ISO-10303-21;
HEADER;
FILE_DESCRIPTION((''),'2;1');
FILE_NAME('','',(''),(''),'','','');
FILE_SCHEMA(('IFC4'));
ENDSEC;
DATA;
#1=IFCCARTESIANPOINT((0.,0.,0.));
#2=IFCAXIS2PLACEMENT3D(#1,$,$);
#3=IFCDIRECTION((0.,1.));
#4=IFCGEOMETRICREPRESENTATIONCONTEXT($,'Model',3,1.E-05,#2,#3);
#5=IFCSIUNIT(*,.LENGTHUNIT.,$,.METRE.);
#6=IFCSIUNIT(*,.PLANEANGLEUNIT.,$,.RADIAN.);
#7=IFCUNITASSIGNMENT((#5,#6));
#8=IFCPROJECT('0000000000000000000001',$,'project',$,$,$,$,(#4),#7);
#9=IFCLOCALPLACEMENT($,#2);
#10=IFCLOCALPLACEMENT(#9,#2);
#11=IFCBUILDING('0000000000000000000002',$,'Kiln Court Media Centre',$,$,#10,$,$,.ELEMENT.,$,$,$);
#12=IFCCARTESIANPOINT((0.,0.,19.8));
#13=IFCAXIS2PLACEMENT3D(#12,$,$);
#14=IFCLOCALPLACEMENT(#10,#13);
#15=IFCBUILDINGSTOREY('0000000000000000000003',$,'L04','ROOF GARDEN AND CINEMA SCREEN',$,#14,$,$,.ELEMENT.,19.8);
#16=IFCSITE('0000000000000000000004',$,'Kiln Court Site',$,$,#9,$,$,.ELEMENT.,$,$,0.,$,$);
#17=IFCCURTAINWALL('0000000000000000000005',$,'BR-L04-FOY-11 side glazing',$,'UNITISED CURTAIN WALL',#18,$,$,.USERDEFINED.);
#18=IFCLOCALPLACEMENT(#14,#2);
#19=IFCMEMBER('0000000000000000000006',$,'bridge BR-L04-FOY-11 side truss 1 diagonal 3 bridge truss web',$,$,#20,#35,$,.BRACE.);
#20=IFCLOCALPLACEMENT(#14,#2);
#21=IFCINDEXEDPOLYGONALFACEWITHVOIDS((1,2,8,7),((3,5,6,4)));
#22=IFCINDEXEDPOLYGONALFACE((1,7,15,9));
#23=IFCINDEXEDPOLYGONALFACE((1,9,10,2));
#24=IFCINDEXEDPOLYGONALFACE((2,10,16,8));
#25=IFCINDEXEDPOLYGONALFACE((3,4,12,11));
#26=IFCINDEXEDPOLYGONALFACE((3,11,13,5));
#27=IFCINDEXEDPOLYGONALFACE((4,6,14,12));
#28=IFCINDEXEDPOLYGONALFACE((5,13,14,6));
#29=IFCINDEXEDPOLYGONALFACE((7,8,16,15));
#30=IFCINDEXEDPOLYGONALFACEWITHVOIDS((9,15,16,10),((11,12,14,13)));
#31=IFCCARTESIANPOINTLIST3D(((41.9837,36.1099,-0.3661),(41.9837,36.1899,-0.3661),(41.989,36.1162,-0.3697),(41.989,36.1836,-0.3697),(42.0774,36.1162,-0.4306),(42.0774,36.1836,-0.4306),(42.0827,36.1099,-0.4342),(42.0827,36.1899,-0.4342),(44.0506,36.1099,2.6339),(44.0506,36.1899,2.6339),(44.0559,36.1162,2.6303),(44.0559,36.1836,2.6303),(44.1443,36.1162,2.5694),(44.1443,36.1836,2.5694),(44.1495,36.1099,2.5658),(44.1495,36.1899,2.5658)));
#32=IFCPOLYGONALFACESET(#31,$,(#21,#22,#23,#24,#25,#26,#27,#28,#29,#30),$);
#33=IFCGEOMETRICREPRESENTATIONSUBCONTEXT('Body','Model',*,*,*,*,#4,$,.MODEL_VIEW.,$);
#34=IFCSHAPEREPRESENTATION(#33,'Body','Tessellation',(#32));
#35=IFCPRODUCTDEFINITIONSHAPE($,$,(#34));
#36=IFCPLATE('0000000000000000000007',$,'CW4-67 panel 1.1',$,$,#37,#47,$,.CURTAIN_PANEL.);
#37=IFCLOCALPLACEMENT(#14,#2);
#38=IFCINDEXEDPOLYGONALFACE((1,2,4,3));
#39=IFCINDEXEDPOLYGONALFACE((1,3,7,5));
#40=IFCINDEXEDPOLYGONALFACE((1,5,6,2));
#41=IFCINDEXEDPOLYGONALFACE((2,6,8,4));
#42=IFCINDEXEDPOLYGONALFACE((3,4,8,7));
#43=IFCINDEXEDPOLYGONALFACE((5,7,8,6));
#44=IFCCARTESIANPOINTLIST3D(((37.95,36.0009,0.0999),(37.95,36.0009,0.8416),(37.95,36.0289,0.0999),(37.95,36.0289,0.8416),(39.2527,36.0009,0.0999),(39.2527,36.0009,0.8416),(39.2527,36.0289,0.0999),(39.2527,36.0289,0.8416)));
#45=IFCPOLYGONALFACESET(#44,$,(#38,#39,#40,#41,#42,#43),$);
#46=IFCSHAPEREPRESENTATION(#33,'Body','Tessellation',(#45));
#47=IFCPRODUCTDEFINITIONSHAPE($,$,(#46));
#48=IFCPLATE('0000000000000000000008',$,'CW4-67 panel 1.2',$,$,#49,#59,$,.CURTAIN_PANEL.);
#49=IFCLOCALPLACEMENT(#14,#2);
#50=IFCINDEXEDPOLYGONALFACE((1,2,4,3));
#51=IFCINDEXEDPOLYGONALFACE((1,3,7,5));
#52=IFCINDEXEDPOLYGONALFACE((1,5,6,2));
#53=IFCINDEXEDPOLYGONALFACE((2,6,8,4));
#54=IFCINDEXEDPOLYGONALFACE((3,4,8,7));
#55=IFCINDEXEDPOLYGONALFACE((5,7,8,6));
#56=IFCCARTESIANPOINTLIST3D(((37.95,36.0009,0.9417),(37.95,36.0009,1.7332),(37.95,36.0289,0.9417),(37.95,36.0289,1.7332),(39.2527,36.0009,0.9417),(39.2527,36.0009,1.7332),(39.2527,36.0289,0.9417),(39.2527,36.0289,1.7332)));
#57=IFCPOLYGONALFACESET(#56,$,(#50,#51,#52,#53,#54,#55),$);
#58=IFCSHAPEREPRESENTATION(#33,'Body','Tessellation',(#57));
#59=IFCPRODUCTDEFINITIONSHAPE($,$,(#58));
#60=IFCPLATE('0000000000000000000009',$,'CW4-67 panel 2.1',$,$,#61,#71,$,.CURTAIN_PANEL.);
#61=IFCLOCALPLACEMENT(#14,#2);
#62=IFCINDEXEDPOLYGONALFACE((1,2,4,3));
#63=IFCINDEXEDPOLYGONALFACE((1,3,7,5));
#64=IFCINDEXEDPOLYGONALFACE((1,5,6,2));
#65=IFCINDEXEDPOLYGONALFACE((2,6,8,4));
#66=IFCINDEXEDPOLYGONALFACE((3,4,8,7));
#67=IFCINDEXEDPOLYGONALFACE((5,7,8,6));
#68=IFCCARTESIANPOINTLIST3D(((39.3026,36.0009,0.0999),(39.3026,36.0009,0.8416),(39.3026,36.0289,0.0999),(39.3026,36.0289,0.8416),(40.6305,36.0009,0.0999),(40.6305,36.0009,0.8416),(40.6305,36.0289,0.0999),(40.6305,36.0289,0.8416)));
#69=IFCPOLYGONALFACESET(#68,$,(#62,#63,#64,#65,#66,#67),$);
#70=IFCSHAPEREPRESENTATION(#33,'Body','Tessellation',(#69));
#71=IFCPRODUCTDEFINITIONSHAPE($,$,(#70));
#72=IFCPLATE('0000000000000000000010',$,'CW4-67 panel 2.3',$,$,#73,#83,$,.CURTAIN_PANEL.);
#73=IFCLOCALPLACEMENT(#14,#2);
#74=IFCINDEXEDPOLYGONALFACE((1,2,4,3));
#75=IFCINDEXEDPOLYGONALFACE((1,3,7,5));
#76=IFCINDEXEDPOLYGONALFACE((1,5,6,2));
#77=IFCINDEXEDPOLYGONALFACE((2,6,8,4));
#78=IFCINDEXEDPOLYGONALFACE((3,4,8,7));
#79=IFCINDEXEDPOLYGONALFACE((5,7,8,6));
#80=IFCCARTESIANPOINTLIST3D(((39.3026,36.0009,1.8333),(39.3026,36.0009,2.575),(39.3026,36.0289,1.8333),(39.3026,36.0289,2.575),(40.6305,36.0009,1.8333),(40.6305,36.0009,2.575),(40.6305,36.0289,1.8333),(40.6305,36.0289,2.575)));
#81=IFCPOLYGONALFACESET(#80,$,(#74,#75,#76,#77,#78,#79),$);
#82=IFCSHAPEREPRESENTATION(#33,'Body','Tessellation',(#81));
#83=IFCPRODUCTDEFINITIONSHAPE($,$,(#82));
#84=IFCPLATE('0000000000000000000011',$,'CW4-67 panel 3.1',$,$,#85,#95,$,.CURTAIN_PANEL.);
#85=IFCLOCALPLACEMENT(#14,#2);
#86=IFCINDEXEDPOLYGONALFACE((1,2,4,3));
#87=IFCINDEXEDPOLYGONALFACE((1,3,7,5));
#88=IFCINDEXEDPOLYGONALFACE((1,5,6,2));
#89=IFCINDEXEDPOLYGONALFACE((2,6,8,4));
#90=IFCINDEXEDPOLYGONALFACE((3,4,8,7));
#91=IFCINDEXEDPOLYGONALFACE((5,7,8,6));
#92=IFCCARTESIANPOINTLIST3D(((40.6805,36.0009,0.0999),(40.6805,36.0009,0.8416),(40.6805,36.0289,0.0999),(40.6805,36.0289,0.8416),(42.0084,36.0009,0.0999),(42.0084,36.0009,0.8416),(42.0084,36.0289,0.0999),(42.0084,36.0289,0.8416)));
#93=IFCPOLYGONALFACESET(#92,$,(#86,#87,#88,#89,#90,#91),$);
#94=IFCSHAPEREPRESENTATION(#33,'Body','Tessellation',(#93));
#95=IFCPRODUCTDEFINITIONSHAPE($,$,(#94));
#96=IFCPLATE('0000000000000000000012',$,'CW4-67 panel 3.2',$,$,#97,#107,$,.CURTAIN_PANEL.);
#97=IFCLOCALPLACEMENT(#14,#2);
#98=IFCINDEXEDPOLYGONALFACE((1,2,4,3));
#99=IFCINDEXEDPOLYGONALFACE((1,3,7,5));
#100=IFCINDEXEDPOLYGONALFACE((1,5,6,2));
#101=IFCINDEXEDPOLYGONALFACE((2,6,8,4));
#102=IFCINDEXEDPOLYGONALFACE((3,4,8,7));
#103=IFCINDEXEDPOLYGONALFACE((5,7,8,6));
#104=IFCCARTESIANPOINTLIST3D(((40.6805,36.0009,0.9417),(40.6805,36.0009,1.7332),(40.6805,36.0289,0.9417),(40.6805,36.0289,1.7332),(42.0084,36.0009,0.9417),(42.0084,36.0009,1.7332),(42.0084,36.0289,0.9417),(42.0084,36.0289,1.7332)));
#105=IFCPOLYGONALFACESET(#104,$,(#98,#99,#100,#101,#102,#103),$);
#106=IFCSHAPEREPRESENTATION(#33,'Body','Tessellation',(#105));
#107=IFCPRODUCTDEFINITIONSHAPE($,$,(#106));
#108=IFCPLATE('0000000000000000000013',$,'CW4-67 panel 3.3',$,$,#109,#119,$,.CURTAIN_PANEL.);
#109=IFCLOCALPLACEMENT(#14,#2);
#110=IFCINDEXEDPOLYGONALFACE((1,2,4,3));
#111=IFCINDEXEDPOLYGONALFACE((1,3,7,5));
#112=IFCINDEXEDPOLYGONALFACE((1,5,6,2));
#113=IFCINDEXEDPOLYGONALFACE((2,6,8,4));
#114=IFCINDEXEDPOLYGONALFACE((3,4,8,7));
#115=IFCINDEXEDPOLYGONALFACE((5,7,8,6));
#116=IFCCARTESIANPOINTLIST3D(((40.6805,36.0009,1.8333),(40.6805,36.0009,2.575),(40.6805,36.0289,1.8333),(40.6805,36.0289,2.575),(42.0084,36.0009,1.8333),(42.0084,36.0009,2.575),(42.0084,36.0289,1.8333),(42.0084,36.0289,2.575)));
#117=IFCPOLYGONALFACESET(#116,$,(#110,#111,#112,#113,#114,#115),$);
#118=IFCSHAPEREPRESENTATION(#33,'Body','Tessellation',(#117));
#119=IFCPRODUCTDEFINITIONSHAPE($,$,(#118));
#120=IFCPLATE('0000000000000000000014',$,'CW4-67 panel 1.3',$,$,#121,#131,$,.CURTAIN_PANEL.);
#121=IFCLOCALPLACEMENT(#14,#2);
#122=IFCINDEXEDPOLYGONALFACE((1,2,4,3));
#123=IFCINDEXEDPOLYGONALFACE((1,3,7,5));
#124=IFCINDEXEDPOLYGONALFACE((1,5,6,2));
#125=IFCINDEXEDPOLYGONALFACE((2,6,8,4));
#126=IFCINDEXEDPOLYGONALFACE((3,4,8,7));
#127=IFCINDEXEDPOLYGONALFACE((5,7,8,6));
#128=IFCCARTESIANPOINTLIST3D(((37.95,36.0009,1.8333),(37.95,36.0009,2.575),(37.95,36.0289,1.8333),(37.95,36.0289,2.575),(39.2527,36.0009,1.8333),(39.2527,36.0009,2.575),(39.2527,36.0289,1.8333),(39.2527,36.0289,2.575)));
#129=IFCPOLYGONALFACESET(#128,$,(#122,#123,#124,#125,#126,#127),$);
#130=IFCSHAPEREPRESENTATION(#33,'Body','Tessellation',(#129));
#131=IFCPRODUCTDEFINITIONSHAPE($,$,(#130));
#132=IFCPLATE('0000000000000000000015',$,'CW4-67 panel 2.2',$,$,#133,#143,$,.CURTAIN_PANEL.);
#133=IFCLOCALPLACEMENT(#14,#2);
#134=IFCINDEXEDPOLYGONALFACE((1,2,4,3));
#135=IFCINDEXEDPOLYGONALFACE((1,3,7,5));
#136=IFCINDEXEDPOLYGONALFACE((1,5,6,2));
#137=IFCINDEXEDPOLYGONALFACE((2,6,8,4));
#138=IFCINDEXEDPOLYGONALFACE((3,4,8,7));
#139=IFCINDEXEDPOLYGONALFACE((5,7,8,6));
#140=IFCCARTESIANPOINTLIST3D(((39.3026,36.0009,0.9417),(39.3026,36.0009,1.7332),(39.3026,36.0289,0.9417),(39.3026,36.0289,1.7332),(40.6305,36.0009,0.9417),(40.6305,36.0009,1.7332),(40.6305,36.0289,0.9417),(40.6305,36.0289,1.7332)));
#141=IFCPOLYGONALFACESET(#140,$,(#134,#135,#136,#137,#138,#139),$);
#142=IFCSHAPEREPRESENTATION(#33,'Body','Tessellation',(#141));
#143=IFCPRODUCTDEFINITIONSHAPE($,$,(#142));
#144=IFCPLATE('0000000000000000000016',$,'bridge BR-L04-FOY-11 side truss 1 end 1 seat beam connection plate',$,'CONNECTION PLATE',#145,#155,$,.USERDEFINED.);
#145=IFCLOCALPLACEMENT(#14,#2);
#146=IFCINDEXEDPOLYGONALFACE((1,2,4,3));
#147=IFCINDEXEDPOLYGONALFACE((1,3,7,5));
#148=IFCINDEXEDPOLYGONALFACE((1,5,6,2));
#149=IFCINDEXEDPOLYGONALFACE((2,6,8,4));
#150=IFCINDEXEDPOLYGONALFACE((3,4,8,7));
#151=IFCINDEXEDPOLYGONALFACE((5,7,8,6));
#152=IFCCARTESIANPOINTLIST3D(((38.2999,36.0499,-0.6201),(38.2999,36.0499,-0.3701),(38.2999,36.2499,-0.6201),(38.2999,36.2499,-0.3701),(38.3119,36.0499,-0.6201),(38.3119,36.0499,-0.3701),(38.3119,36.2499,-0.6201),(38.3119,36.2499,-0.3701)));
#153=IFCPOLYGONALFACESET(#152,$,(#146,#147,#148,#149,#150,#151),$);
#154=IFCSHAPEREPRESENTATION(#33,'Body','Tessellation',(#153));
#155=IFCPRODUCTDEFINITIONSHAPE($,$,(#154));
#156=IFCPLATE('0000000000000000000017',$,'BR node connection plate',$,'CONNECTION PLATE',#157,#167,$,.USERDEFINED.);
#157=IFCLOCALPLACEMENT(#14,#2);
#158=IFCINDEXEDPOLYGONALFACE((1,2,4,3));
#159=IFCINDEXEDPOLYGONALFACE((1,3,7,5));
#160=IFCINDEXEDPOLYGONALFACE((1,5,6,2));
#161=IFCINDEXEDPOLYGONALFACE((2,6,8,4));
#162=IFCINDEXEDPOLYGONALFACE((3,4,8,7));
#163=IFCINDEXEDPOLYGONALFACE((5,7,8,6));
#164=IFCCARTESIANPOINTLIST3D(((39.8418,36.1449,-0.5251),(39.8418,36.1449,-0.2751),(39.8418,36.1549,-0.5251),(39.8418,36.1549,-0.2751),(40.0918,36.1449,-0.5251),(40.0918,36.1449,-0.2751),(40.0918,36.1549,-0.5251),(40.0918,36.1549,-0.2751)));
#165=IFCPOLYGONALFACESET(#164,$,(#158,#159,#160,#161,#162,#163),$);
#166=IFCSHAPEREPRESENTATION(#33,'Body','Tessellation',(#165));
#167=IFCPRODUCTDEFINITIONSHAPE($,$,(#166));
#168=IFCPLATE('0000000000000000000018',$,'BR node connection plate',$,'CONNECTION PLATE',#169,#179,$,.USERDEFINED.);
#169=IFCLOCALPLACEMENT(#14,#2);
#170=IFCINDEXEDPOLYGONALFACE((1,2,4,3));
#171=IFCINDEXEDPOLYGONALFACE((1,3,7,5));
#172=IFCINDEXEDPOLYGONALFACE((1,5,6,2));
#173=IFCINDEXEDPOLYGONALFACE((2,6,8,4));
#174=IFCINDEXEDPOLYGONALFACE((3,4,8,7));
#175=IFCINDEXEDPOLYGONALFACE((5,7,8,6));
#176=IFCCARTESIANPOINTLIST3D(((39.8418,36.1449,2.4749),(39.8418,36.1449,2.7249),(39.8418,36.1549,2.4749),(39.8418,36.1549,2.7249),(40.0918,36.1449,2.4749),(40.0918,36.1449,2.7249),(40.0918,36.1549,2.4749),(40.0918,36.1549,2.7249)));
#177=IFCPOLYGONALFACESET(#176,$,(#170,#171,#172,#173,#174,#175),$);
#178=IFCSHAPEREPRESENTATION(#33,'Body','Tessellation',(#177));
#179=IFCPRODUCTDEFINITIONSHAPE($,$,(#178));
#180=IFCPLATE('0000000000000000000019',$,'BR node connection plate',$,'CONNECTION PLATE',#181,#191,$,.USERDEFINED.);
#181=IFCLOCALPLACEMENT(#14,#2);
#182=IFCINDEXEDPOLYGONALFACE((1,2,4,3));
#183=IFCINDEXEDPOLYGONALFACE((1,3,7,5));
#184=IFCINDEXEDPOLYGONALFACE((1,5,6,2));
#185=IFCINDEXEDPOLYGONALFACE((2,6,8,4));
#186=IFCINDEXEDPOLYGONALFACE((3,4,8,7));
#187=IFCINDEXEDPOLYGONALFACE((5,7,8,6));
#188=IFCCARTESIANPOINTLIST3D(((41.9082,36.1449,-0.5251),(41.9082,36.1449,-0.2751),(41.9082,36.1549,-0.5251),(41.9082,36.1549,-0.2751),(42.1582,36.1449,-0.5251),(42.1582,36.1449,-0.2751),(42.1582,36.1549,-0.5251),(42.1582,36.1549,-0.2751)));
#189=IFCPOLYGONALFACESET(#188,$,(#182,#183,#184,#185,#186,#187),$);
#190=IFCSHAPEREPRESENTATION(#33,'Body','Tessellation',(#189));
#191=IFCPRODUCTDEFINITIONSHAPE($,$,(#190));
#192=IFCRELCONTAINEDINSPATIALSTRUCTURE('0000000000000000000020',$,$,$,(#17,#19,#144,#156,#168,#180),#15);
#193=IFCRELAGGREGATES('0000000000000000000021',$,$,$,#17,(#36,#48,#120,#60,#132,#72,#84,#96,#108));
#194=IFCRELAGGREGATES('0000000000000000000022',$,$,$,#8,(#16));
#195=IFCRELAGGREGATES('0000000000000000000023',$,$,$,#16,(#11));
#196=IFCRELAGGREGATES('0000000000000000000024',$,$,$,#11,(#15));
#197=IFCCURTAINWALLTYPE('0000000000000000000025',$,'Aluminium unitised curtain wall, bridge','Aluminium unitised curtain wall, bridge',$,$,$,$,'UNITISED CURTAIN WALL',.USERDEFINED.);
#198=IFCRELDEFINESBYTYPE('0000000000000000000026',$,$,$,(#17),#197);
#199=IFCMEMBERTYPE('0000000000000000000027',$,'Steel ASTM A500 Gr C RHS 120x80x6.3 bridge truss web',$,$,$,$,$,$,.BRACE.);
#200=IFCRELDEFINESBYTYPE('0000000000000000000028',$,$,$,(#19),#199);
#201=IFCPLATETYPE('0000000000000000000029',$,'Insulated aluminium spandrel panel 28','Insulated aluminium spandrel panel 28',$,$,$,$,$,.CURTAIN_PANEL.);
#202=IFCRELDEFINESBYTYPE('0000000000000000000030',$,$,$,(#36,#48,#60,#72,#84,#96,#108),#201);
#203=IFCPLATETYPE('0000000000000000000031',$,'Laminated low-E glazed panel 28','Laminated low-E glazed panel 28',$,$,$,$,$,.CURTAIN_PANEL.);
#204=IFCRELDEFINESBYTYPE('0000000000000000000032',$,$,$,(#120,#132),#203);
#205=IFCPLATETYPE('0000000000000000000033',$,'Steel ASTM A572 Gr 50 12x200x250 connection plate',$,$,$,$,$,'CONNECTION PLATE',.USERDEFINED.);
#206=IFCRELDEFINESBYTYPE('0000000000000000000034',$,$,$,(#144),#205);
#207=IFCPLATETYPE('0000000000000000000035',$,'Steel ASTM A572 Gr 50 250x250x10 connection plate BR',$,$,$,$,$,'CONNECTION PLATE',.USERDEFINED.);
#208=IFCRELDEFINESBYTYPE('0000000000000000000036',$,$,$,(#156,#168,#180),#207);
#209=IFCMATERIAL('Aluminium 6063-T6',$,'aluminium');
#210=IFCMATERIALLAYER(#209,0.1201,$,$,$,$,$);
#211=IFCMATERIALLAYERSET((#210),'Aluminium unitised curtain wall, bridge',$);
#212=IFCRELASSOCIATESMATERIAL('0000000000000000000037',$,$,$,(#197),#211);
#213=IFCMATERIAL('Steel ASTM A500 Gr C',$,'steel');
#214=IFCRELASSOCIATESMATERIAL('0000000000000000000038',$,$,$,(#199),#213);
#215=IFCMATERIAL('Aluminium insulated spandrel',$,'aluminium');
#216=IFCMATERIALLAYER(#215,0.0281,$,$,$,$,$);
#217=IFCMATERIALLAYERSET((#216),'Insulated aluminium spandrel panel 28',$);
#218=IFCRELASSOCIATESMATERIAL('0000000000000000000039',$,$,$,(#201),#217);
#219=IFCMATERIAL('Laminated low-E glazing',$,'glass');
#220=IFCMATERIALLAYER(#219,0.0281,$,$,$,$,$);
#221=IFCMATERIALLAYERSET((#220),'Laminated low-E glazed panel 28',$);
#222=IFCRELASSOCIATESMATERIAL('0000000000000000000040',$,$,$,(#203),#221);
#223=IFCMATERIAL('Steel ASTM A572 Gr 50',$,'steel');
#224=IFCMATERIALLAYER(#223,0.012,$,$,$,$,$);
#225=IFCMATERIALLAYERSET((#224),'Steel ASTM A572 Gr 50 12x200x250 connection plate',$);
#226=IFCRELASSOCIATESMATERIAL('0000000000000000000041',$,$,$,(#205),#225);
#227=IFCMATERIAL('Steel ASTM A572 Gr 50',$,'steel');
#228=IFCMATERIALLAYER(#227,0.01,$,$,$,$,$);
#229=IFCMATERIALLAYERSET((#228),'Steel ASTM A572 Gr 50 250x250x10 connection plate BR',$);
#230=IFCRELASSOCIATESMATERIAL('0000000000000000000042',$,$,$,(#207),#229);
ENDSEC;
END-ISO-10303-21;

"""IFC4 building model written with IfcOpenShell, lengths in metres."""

from ifc_helpers import new_model, si_unit, direction, frame, origin, origin_2d, place, context, subcontext, project, spatial, rectangle, hollow_rectangle, extrude, material, layer, layer_set, material_profile, profile_set, type_object, element, aggregate, save


model = new_model("IFC4")

# Units and contexts
model_context = context("Model", 3, precision=1e-05, world=origin(), true_north=direction((0.0, 1.0)))
body_context = subcontext(model_context, "Body", "Model", "MODEL_VIEW")
ifc_project = project(units=[si_unit("LENGTHUNIT", "METRE"), si_unit("PLANEANGLEUNIT", "RADIAN")], contexts=[model_context])

# Site, building, storey
site_placement = place(None, origin())
site = spatial("IfcSite", under=ifc_project, at=site_placement, Name="Kiln Court Site", CompositionType="ELEMENT", RefElevation=0.0)
building_placement = place(site_placement, origin())
building = spatial("IfcBuilding", under=site, at=building_placement, Name="Kiln Court Media Centre", CompositionType="ELEMENT")
storey_placement = place(building_placement, frame((0.0, 0.0, 19.8)))
storey = spatial("IfcBuildingStorey", under=building, at=storey_placement, Name="L04", Description="ROOF GARDEN AND CINEMA SCREEN", CompositionType="ELEMENT", Elevation=19.8)

# Curtain wall
ifc_material_1 = material(Name="Aluminium 6063-T6", Category="aluminium")
ifc_layer_1 = layer(ifc_material_1, 0.1201)
ifc_layer_set_1 = layer_set([ifc_layer_1], Name="Aluminium unitised curtain wall, bridge")
curtain_wall_type = type_object("IfcCurtainWallType", Name="Aluminium unitised curtain wall, bridge", Description="Aluminium unitised curtain wall, bridge", ElementType="UNITISED CURTAIN WALL", PredefinedType="USERDEFINED", material=ifc_layer_set_1)
curtain_wall_placement = place(storey_placement, origin())
curtain_wall = element("IfcCurtainWall", 1, at=curtain_wall_placement, inside=storey, type_object=curtain_wall_type, Name="BR-L04-FOY-11 side glazing", ObjectType="UNITISED CURTAIN WALL", PredefinedType="USERDEFINED")

# Member
ifc_material_2 = material(Name="Steel ASTM A500 Gr C", Category="steel")
ifc_material_profile_1 = material_profile(ifc_material_2, hollow_rectangle(XDim=0.0801, YDim=0.1201, WallThickness=0.0063, at=origin_2d()), Name="RHS 120x80x6.3")
ifc_profile_set_1 = profile_set([ifc_material_profile_1], Name="Steel ASTM A500 Gr C")
member_type_1 = type_object("IfcMemberType", Name="Steel ASTM A500 Gr C RHS 120x80x6.3 bridge truss web", PredefinedType="BRACE", material=ifc_profile_set_1)
member_1_placement = place(storey_placement, frame((42.0332, 36.1499, -0.4001), z_axis=(0.567348, 0.0, 0.823478), x_axis=(0.0, 1.0, 0.0)))
element("IfcMember", 2, at=member_1_placement, inside=storey, type_object=member_type_1, Name="bridge BR-L04-FOY-11 side truss 1 diagonal 3 bridge truss web", PredefinedType="BRACE", context=body_context, shape_type="SweptSolid", body=[
    extrude(hollow_rectangle(XDim=0.0801, YDim=0.1201, WallThickness=0.0063, at=origin_2d()), origin(), (0.0, 0.0, 1.0), 3.6431),
])

# Plates
ifc_material_3 = material(Name="Aluminium insulated spandrel", Category="aluminium")
ifc_layer_2 = layer(ifc_material_3, 0.0281)
ifc_layer_set_2 = layer_set([ifc_layer_2], Name="Insulated aluminium spandrel panel 28")
plate_type_1 = type_object("IfcPlateType", Name="Insulated aluminium spandrel panel 28", Description="Insulated aluminium spandrel panel 28", PredefinedType="CURTAIN_PANEL", material=ifc_layer_set_2)
plate_1_placement = place(storey_placement, frame((38.6013, 36.0149, 0.0999), z_axis=(0.0, 0.0, 1.0), x_axis=(1.0, 0.0, 0.0)))
plate_1 = element("IfcPlate", 3, at=plate_1_placement, type_object=plate_type_1, Name="CW4-67 panel 1.1", PredefinedType="CURTAIN_PANEL", context=body_context, shape_type="SweptSolid", body=[
    extrude(rectangle(XDim=1.3027, YDim=0.0281, at=origin_2d()), origin(), (0.0, 0.0, 1.0), 0.7417),
])
plate_2_placement = place(storey_placement, frame((38.6013, 36.0149, 0.9417), z_axis=(0.0, 0.0, 1.0), x_axis=(1.0, 0.0, 0.0)))
plate_2 = element("IfcPlate", 4, at=plate_2_placement, type_object=plate_type_1, Name="CW4-67 panel 1.2", PredefinedType="CURTAIN_PANEL", context=body_context, shape_type="SweptSolid", body=[
    extrude(rectangle(XDim=1.3027, YDim=0.0281, at=origin_2d()), origin(), (0.0, 0.0, 1.0), 0.7915),
])
plate_3_placement = place(storey_placement, frame((39.9666, 36.0149, 0.0999), z_axis=(0.0, 0.0, 1.0), x_axis=(1.0, 0.0, 0.0)))
plate_3 = element("IfcPlate", 5, at=plate_3_placement, type_object=plate_type_1, Name="CW4-67 panel 2.1", PredefinedType="CURTAIN_PANEL", context=body_context, shape_type="SweptSolid", body=[
    extrude(rectangle(XDim=1.3279, YDim=0.0281, at=origin_2d()), origin(), (0.0, 0.0, 1.0), 0.7417),
])
plate_4_placement = place(storey_placement, frame((39.9666, 36.0149, 1.8333), z_axis=(0.0, 0.0, 1.0), x_axis=(1.0, 0.0, 0.0)))
plate_4 = element("IfcPlate", 6, at=plate_4_placement, type_object=plate_type_1, Name="CW4-67 panel 2.3", PredefinedType="CURTAIN_PANEL", context=body_context, shape_type="SweptSolid", body=[
    extrude(rectangle(XDim=1.3279, YDim=0.0281, at=origin_2d()), origin(), (0.0, 0.0, 1.0), 0.7417),
])
plate_5_placement = place(storey_placement, frame((41.3445, 36.0149, 0.0999), z_axis=(0.0, 0.0, 1.0), x_axis=(1.0, 0.0, 0.0)))
plate_5 = element("IfcPlate", 7, at=plate_5_placement, type_object=plate_type_1, Name="CW4-67 panel 3.1", PredefinedType="CURTAIN_PANEL", context=body_context, shape_type="SweptSolid", body=[
    extrude(rectangle(XDim=1.3279, YDim=0.0281, at=origin_2d()), origin(), (0.0, 0.0, 1.0), 0.7417),
])
plate_6_placement = place(storey_placement, frame((41.3445, 36.0149, 0.9417), z_axis=(0.0, 0.0, 1.0), x_axis=(1.0, 0.0, 0.0)))
plate_6 = element("IfcPlate", 8, at=plate_6_placement, type_object=plate_type_1, Name="CW4-67 panel 3.2", PredefinedType="CURTAIN_PANEL", context=body_context, shape_type="SweptSolid", body=[
    extrude(rectangle(XDim=1.3279, YDim=0.0281, at=origin_2d()), origin(), (0.0, 0.0, 1.0), 0.7915),
])
plate_7_placement = place(storey_placement, frame((41.3445, 36.0149, 1.8333), z_axis=(0.0, 0.0, 1.0), x_axis=(1.0, 0.0, 0.0)))
plate_7 = element("IfcPlate", 9, at=plate_7_placement, type_object=plate_type_1, Name="CW4-67 panel 3.3", PredefinedType="CURTAIN_PANEL", context=body_context, shape_type="SweptSolid", body=[
    extrude(rectangle(XDim=1.3279, YDim=0.0281, at=origin_2d()), origin(), (0.0, 0.0, 1.0), 0.7417),
])
ifc_material_4 = material(Name="Laminated low-E glazing", Category="glass")
ifc_layer_3 = layer(ifc_material_4, 0.0281)
ifc_layer_set_3 = layer_set([ifc_layer_3], Name="Laminated low-E glazed panel 28")
plate_type_2 = type_object("IfcPlateType", Name="Laminated low-E glazed panel 28", Description="Laminated low-E glazed panel 28", PredefinedType="CURTAIN_PANEL", material=ifc_layer_set_3)
plate_8_placement = place(storey_placement, frame((38.6013, 36.0149, 1.8333), z_axis=(0.0, 0.0, 1.0), x_axis=(1.0, 0.0, 0.0)))
plate_8 = element("IfcPlate", 10, at=plate_8_placement, type_object=plate_type_2, Name="CW4-67 panel 1.3", PredefinedType="CURTAIN_PANEL", context=body_context, shape_type="SweptSolid", body=[
    extrude(rectangle(XDim=1.3027, YDim=0.0281, at=origin_2d()), origin(), (0.0, 0.0, 1.0), 0.7417),
])
plate_9_placement = place(storey_placement, frame((39.9666, 36.0149, 0.9417), z_axis=(0.0, 0.0, 1.0), x_axis=(1.0, 0.0, 0.0)))
plate_9 = element("IfcPlate", 11, at=plate_9_placement, type_object=plate_type_2, Name="CW4-67 panel 2.2", PredefinedType="CURTAIN_PANEL", context=body_context, shape_type="SweptSolid", body=[
    extrude(rectangle(XDim=1.3279, YDim=0.0281, at=origin_2d()), origin(), (0.0, 0.0, 1.0), 0.7915),
])
aggregate(curtain_wall, [plate_1, plate_2, plate_8, plate_3, plate_9, plate_4, plate_5, plate_6, plate_7])

# Plates
ifc_material_5 = material(Name="Steel ASTM A572 Gr 50", Category="steel")
ifc_layer_4 = layer(ifc_material_5, 0.012)
ifc_layer_set_4 = layer_set([ifc_layer_4], Name="Steel ASTM A572 Gr 50 12x200x250 connection plate")
plate_type_3 = type_object("IfcPlateType", Name="Steel ASTM A572 Gr 50 12x200x250 connection plate", ElementType="CONNECTION PLATE", PredefinedType="USERDEFINED", material=ifc_layer_set_4)
plate_10_placement = place(storey_placement, frame((38.3059, 36.1499, -0.6201), z_axis=(0.0, 0.0, 1.0), x_axis=(1.0, 0.0, 0.0)))
element("IfcPlate", 12, at=plate_10_placement, inside=storey, type_object=plate_type_3, Name="bridge BR-L04-FOY-11 side truss 1 end 1 seat beam connection plate", ObjectType="CONNECTION PLATE", PredefinedType="USERDEFINED", context=body_context, shape_type="SweptSolid", body=[
    extrude(rectangle(XDim=0.012, YDim=0.2, at=origin_2d()), origin(), (0.0, 0.0, 1.0), 0.25),
])
ifc_material_6 = material(Name="Steel ASTM A572 Gr 50", Category="steel")
ifc_layer_5 = layer(ifc_material_6, 0.01)
ifc_layer_set_5 = layer_set([ifc_layer_5], Name="Steel ASTM A572 Gr 50 250x250x10 connection plate BR")
plate_type_4 = type_object("IfcPlateType", Name="Steel ASTM A572 Gr 50 250x250x10 connection plate BR", ElementType="CONNECTION PLATE", PredefinedType="USERDEFINED", material=ifc_layer_set_5)
for number, where, z_axis, x_axis, name in (
    (13, (39.9668, 36.1499, -0.5251), (0.0, 0.0, 1.0), (1.0, 0.0, 0.0), "BR node connection plate"),
    (14, (39.9668, 36.1499, 2.4749), (0.0, 0.0, 1.0), (1.0, 0.0, 0.0), "BR node connection plate"),
    (15, (42.0332, 36.1499, -0.5251), (0.0, 0.0, 1.0), (1.0, 0.0, 0.0), "BR node connection plate"),
):
    element("IfcPlate", number, at=place(storey_placement, frame(where, z_axis=z_axis, x_axis=x_axis)), inside=storey, type_object=plate_type_4, Name=name, ObjectType="CONNECTION PLATE", PredefinedType="USERDEFINED", context=body_context, shape_type="SweptSolid", body=[
        extrude(rectangle(XDim=0.25, YDim=0.01, at=origin_2d()), origin(), (0.0, 0.0, 1.0), 0.25),
    ])

save(model, "model.ifc")
